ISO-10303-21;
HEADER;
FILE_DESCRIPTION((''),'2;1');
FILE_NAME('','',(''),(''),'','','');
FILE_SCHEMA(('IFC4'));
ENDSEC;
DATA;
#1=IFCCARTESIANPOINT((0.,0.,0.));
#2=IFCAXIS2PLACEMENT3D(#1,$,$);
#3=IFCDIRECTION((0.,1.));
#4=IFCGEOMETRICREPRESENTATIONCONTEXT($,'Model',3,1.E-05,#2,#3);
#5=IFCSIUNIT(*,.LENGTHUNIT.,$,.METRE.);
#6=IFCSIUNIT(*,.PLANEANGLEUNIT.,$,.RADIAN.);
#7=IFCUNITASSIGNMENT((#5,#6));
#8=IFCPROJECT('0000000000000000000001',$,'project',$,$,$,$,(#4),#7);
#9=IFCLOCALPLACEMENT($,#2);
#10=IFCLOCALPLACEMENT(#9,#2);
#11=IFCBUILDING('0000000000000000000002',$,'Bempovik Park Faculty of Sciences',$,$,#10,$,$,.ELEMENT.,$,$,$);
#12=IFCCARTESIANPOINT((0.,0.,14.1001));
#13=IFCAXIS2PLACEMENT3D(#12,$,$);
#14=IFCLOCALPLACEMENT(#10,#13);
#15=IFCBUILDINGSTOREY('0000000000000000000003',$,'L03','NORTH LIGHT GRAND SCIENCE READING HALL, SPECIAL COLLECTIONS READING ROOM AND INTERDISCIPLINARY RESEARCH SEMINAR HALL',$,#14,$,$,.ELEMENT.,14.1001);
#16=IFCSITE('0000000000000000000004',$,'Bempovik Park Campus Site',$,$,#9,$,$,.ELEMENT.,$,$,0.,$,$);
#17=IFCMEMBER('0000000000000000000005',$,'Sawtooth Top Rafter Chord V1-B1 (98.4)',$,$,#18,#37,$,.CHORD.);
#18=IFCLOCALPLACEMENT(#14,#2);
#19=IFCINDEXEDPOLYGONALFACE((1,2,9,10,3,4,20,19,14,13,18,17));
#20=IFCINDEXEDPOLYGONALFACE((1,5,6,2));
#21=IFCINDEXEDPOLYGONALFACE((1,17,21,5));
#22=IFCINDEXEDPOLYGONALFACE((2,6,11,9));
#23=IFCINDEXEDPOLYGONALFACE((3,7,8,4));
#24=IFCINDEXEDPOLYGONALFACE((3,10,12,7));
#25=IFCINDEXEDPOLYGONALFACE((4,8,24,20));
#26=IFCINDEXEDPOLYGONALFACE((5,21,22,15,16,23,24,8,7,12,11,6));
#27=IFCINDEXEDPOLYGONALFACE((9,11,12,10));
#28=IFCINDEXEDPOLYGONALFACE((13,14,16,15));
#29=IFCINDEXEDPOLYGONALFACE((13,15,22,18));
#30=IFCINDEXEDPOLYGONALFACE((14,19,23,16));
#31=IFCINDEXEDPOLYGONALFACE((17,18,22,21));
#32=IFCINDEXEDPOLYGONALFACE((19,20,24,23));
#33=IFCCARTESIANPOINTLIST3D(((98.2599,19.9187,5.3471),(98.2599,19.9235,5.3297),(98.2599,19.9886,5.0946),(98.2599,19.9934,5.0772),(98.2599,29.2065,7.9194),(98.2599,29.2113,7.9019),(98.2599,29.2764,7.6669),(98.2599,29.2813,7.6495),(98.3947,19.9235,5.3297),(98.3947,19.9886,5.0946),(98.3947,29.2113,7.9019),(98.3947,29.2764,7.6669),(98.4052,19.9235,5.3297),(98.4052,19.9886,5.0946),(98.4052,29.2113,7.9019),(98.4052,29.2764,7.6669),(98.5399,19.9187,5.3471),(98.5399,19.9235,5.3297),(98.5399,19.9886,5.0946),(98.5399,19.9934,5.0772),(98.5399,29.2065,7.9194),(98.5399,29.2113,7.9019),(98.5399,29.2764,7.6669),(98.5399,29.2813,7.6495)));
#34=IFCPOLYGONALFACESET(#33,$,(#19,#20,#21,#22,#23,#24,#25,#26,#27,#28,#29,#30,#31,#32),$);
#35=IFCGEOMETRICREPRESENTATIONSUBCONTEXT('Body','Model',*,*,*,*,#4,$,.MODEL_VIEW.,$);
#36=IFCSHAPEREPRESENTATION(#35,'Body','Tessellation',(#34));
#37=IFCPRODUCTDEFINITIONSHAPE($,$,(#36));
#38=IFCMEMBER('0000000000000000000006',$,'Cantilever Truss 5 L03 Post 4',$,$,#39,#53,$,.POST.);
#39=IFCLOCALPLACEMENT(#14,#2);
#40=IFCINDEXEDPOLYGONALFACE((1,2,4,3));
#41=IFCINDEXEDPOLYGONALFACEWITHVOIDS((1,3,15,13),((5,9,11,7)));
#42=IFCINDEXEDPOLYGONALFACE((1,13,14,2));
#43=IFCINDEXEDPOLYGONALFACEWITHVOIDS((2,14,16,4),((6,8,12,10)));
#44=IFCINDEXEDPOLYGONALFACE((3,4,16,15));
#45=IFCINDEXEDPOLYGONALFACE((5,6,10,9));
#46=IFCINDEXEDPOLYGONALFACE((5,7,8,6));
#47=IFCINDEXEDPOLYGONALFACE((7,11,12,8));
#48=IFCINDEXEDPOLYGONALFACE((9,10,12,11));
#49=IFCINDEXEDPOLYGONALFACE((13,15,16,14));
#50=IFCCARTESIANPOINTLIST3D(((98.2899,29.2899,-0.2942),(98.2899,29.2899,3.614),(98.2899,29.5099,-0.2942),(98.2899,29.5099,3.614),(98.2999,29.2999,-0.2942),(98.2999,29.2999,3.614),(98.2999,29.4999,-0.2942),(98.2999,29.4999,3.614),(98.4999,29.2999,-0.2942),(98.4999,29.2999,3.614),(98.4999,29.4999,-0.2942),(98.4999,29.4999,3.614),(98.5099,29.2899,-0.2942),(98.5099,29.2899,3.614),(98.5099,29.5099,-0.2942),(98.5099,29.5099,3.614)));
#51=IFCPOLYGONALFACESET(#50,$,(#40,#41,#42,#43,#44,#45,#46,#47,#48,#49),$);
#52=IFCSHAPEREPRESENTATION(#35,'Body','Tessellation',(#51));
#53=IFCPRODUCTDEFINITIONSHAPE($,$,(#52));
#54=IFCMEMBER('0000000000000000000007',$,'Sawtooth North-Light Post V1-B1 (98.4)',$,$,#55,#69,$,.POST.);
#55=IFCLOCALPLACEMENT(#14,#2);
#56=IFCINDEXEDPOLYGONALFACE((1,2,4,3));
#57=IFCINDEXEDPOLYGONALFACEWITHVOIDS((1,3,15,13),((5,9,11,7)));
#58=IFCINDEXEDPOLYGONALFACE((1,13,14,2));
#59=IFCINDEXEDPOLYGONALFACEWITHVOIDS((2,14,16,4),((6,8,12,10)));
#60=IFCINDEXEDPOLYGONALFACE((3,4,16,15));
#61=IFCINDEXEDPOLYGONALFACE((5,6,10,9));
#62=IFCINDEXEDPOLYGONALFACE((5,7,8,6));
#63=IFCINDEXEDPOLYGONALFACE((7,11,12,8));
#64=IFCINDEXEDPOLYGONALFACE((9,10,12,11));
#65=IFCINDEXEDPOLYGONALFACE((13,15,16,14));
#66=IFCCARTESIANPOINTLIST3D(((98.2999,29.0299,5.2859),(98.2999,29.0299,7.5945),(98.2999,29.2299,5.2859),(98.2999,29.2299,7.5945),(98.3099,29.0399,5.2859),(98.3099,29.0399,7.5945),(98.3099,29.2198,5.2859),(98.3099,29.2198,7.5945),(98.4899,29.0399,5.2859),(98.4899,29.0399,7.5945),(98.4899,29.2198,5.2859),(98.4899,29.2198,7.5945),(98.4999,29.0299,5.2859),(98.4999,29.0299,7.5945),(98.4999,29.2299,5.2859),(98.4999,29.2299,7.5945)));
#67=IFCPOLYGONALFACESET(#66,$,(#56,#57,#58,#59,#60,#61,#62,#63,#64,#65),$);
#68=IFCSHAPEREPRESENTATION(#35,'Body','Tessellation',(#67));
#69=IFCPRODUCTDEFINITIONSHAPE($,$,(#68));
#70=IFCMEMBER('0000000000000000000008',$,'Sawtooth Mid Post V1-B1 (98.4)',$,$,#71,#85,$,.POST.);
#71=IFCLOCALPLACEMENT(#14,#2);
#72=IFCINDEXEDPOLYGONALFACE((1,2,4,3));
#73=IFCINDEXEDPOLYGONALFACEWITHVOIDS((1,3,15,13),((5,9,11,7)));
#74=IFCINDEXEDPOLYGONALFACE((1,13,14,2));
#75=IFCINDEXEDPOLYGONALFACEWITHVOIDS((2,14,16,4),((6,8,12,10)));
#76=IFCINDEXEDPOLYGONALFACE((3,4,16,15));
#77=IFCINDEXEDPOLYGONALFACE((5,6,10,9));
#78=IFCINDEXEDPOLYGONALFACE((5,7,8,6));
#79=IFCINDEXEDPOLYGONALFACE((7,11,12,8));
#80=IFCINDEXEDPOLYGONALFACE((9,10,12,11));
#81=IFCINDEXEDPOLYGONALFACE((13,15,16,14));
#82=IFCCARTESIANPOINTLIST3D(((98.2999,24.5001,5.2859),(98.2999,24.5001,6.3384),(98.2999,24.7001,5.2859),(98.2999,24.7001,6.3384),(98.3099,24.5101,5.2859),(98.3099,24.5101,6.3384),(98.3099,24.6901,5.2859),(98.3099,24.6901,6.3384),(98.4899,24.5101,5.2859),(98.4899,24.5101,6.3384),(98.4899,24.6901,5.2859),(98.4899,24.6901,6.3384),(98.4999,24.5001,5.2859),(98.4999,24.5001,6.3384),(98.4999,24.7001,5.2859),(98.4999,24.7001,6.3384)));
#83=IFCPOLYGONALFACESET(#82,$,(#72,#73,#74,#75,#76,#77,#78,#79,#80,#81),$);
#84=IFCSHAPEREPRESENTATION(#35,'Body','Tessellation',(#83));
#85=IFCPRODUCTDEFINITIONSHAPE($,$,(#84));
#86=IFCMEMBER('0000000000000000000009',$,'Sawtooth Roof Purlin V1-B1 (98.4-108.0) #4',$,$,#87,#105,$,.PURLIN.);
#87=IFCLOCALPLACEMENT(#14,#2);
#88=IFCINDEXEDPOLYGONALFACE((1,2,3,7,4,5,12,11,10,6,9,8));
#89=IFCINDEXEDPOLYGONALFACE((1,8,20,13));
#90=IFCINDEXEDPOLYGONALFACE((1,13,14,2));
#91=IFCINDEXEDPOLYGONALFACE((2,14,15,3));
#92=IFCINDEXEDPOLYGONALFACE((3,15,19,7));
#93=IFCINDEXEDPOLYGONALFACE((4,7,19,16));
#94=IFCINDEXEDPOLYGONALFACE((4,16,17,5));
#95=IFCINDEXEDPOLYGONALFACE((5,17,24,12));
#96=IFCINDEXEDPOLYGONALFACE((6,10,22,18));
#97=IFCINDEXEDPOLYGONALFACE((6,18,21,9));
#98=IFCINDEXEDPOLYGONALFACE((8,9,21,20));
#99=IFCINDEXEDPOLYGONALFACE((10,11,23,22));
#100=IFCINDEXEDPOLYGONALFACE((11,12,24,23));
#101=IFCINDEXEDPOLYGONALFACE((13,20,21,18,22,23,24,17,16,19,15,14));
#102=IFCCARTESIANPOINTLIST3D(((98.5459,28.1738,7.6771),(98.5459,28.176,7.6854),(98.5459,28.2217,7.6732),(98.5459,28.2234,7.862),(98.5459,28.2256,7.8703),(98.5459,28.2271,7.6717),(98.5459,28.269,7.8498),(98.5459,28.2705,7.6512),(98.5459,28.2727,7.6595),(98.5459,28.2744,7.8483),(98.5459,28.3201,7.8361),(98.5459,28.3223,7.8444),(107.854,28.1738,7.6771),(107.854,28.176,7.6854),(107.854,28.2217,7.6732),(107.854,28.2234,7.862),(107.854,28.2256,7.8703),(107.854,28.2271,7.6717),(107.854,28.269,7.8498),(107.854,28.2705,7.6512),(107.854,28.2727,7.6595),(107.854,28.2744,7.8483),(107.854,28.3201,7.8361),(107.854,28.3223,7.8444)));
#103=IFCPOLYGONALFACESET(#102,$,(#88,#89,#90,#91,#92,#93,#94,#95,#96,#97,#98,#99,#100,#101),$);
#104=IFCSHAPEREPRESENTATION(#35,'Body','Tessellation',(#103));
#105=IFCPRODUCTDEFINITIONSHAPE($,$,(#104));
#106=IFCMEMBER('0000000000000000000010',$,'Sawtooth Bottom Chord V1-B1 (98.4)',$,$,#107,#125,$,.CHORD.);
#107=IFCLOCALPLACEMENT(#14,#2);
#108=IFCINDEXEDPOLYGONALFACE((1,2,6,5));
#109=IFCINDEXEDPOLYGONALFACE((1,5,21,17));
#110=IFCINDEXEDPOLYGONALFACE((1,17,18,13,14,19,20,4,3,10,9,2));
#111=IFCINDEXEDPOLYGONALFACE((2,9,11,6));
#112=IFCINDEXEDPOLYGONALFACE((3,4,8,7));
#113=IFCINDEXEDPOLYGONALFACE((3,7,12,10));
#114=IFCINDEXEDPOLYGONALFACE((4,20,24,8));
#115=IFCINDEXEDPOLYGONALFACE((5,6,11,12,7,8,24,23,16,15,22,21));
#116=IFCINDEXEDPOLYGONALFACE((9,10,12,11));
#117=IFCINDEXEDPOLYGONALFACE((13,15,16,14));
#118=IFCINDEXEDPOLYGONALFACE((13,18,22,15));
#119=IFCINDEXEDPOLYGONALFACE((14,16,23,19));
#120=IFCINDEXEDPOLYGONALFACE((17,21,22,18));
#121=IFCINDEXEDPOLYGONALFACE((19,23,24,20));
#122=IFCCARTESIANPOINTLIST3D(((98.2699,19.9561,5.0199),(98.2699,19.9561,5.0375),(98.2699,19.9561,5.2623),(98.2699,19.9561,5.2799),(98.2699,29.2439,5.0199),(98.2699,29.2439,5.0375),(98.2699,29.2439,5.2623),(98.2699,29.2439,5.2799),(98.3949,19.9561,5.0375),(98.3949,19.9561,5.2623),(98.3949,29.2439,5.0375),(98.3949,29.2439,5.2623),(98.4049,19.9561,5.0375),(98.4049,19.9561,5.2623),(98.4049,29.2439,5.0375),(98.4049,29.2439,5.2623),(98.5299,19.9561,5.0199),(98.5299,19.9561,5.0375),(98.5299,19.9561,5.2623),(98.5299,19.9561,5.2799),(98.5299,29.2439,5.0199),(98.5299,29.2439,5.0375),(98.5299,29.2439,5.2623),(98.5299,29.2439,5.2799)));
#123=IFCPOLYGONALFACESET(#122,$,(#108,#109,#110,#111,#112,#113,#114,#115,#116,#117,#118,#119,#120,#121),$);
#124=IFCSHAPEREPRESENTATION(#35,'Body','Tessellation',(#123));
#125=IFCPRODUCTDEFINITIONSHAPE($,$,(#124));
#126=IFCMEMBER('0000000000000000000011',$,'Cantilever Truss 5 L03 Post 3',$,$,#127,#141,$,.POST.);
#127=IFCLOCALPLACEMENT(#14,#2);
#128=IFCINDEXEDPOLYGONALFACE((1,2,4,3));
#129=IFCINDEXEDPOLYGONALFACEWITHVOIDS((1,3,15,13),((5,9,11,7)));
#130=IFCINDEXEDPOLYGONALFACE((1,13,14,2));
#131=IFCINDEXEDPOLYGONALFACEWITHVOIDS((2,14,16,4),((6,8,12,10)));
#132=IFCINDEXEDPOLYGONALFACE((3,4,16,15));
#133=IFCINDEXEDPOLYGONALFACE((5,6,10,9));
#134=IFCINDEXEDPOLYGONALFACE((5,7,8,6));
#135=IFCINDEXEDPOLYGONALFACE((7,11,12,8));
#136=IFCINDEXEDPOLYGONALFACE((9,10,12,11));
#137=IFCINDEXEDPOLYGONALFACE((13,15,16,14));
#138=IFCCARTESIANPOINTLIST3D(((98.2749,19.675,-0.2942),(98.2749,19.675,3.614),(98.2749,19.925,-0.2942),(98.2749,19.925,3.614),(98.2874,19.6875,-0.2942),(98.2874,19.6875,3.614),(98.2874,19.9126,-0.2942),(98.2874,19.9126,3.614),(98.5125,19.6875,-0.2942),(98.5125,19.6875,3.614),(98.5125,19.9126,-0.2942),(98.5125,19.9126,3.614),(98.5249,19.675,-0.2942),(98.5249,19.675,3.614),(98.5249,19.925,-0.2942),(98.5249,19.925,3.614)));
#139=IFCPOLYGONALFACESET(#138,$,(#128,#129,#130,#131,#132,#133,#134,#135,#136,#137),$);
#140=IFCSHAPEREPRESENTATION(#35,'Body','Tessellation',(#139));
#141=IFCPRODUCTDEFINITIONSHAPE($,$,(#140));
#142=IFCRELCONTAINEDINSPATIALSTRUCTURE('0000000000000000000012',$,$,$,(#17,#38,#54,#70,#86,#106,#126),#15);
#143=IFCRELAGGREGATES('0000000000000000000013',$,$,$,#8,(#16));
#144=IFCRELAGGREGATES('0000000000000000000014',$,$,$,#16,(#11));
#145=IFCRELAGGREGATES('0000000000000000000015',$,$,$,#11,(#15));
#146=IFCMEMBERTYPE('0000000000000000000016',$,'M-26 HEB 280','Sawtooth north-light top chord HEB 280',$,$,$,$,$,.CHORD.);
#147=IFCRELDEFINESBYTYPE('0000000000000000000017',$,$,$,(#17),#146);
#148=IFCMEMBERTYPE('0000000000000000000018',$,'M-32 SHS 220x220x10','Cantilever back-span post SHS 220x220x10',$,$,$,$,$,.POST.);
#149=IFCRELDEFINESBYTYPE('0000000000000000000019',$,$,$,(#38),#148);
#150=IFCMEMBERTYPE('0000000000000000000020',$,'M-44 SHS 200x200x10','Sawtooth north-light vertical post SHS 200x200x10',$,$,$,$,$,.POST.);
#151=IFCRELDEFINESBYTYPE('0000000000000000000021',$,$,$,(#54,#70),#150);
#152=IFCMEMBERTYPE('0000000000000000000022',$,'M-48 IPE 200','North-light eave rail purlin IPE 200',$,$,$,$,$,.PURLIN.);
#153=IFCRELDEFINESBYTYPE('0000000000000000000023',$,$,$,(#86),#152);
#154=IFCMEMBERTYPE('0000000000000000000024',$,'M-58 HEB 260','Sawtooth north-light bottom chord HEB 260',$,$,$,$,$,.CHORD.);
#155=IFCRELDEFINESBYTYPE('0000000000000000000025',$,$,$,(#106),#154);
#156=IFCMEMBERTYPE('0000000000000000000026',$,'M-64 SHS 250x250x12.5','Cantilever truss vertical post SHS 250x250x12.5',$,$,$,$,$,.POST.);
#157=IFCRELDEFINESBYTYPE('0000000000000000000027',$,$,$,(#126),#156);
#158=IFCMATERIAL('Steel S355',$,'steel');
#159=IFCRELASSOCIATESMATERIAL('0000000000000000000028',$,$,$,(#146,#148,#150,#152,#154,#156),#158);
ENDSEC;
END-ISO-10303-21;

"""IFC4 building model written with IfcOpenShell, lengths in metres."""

from ifc_helpers import new_model, si_unit, direction, frame, origin, origin_2d, place, context, subcontext, project, spatial, hollow_rectangle, i_section, extrude, material, material_profile, profile_set, type_object, element, save


model = new_model("IFC4")

# Units and contexts
model_context = context("Model", 3, precision=1e-05, world=origin(), true_north=direction((0.0, 1.0)))
body_context = subcontext(model_context, "Body", "Model", "MODEL_VIEW")
ifc_project = project(units=[si_unit("LENGTHUNIT", "METRE"), si_unit("PLANEANGLEUNIT", "RADIAN")], contexts=[model_context])

# Site, building, storey
site_placement = place(None, origin())
site = spatial("IfcSite", under=ifc_project, at=site_placement, Name="Bempovik Park Campus Site", CompositionType="ELEMENT", RefElevation=0.0)
building_placement = place(site_placement, origin())
building = spatial("IfcBuilding", under=site, at=building_placement, Name="Bempovik Park Faculty of Sciences", CompositionType="ELEMENT")
storey_placement = place(building_placement, frame((0.0, 0.0, 14.1001)))
storey = spatial("IfcBuildingStorey", under=building, at=storey_placement, Name="L03", Description="NORTH LIGHT GRAND SCIENCE READING HALL, SPECIAL COLLECTIONS READING ROOM AND INTERDISCIPLINARY RESEARCH SEMINAR HALL", CompositionType="ELEMENT", Elevation=14.1001)

# Shared definitions
ifc_material_1 = material(Name="Steel S355", Category="steel")

# Members
ifc_material_profile_1 = material_profile(ifc_material_1, i_section(OverallWidth=0.28, OverallDepth=0.28, WebThickness=0.0105, FlangeThickness=0.0181, at=origin_2d()), Name="HEB 280")
ifc_profile_set_1 = profile_set([ifc_material_profile_1], Name="Steel S355")
member_type_1 = type_object("IfcMemberType", Name="M-26 HEB 280", Description="Sawtooth north-light top chord HEB 280", PredefinedType="CHORD", material=ifc_profile_set_1)
member_1_placement = place(storey_placement, frame((98.3999, 19.9561, 5.2122), z_axis=(0.0, 0.963723, 0.266903), x_axis=(-1.0, 0.0, 0.0)))
element("IfcMember", 1, at=member_1_placement, inside=storey, type_object=member_type_1, Name="Sawtooth Top Rafter Chord V1-B1 (98.4)", PredefinedType="CHORD", context=body_context, shape_type="SweptSolid", body=[
    extrude(i_section(OverallWidth=0.28, OverallDepth=0.28, WebThickness=0.0105, FlangeThickness=0.0181, at=origin_2d()), origin(), (0.0, 0.0, 1.0), 9.6375),
])
ifc_material_profile_2 = material_profile(ifc_material_1, hollow_rectangle(XDim=0.22, YDim=0.22, WallThickness=0.01, at=origin_2d()), Name="SHS 220x220x10")
ifc_profile_set_2 = profile_set([ifc_material_profile_2], Name="Steel S355")
member_type_2 = type_object("IfcMemberType", Name="M-32 SHS 220x220x10", Description="Cantilever back-span post SHS 220x220x10", PredefinedType="POST", material=ifc_profile_set_2)
member_2_placement = place(storey_placement, frame((98.3999, 29.3999, -0.2942), z_axis=(0.0, 0.0, 1.0), x_axis=(1.0, 0.0, 0.0)))
element("IfcMember", 2, at=member_2_placement, inside=storey, type_object=member_type_2, Name="Cantilever Truss 5 L03 Post 4", PredefinedType="POST", context=body_context, shape_type="SweptSolid", body=[
    extrude(hollow_rectangle(XDim=0.22, YDim=0.22, WallThickness=0.01, at=origin_2d()), origin(), (0.0, 0.0, 1.0), 3.9082),
])
ifc_material_profile_3 = material_profile(ifc_material_1, hollow_rectangle(XDim=0.2, YDim=0.2, WallThickness=0.01, at=origin_2d()), Name="SHS 200x200x10")
ifc_profile_set_3 = profile_set([ifc_material_profile_3], Name="Steel S355")
member_type_3 = type_object("IfcMemberType", Name="M-44 SHS 200x200x10", Description="Sawtooth north-light vertical post SHS 200x200x10", PredefinedType="POST", material=ifc_profile_set_3)
member_3_placement = place(storey_placement, frame((98.3999, 29.1299, 5.2859), z_axis=(0.0, 0.0, 1.0), x_axis=(1.0, 0.0, 0.0)))
element("IfcMember", 3, at=member_3_placement, inside=storey, type_object=member_type_3, Name="Sawtooth North-Light Post V1-B1 (98.4)", PredefinedType="POST", context=body_context, shape_type="SweptSolid", body=[
    extrude(hollow_rectangle(XDim=0.2, YDim=0.2, WallThickness=0.01, at=origin_2d()), origin(), (0.0, 0.0, 1.0), 2.3086),
])
member_4_placement = place(storey_placement, frame((98.3999, 24.6001, 5.2859), z_axis=(0.0, 0.0, 1.0), x_axis=(1.0, 0.0, 0.0)))
element("IfcMember", 4, at=member_4_placement, inside=storey, type_object=member_type_3, Name="Sawtooth Mid Post V1-B1 (98.4)", PredefinedType="POST", context=body_context, shape_type="SweptSolid", body=[
    extrude(hollow_rectangle(XDim=0.2, YDim=0.2, WallThickness=0.01, at=origin_2d()), origin(), (0.0, 0.0, 1.0), 1.0525),
])
ifc_material_profile_4 = material_profile(ifc_material_1, i_section(OverallWidth=0.1001, OverallDepth=0.2, WebThickness=0.0056, FlangeThickness=0.0085, at=origin_2d()), Name="IPE 200")
ifc_profile_set_4 = profile_set([ifc_material_profile_4], Name="Steel S355")
member_type_4 = type_object("IfcMemberType", Name="M-48 IPE 200", Description="North-light eave rail purlin IPE 200", PredefinedType="PURLIN", material=ifc_profile_set_4)
member_5_placement = place(storey_placement, frame((98.5459, 28.248, 7.7607), z_axis=(1.0, 0.0, 0.0), x_axis=(0.0, 0.965926, -0.258819)))
element("IfcMember", 5, at=member_5_placement, inside=storey, type_object=member_type_4, Name="Sawtooth Roof Purlin V1-B1 (98.4-108.0) #4", PredefinedType="PURLIN", context=body_context, shape_type="SweptSolid", body=[
    extrude(i_section(OverallWidth=0.1001, OverallDepth=0.2, WebThickness=0.0056, FlangeThickness=0.0085, at=origin_2d()), origin(), (0.0, 0.0, 1.0), 9.3081),
])
ifc_material_profile_5 = material_profile(ifc_material_1, i_section(OverallWidth=0.26, OverallDepth=0.26, WebThickness=0.01, FlangeThickness=0.0176, at=origin_2d()), Name="HEB 260")
ifc_profile_set_5 = profile_set([ifc_material_profile_5], Name="Steel S355")
member_type_5 = type_object("IfcMemberType", Name="M-58 HEB 260", Description="Sawtooth north-light bottom chord HEB 260", PredefinedType="CHORD", material=ifc_profile_set_5)
member_6_placement = place(storey_placement, frame((98.3999, 19.9561, 5.1499), z_axis=(0.0, 1.0, 0.0), x_axis=(-1.0, 0.0, 0.0)))
element("IfcMember", 6, at=member_6_placement, inside=storey, type_object=member_type_5, Name="Sawtooth Bottom Chord V1-B1 (98.4)", PredefinedType="CHORD", context=body_context, shape_type="SweptSolid", body=[
    extrude(i_section(OverallWidth=0.26, OverallDepth=0.26, WebThickness=0.01, FlangeThickness=0.0176, at=origin_2d()), origin(), (0.0, 0.0, 1.0), 9.2878),
])
ifc_material_profile_6 = material_profile(ifc_material_1, hollow_rectangle(XDim=0.25, YDim=0.25, WallThickness=0.0125, at=origin_2d()), Name="SHS 250x250x12.5")
ifc_profile_set_6 = profile_set([ifc_material_profile_6], Name="Steel S355")
member_type_6 = type_object("IfcMemberType", Name="M-64 SHS 250x250x12.5", Description="Cantilever truss vertical post SHS 250x250x12.5", PredefinedType="POST", material=ifc_profile_set_6)
member_7_placement = place(storey_placement, frame((98.3999, 19.8, -0.2942), z_axis=(0.0, 0.0, 1.0), x_axis=(1.0, 0.0, 0.0)))
element("IfcMember", 7, at=member_7_placement, inside=storey, type_object=member_type_6, Name="Cantilever Truss 5 L03 Post 3", PredefinedType="POST", context=body_context, shape_type="SweptSolid", body=[
    extrude(hollow_rectangle(XDim=0.25, YDim=0.25, WallThickness=0.0125, at=origin_2d()), origin(), (0.0, 0.0, 1.0), 3.9082),
])

save(model, "model.ifc")
